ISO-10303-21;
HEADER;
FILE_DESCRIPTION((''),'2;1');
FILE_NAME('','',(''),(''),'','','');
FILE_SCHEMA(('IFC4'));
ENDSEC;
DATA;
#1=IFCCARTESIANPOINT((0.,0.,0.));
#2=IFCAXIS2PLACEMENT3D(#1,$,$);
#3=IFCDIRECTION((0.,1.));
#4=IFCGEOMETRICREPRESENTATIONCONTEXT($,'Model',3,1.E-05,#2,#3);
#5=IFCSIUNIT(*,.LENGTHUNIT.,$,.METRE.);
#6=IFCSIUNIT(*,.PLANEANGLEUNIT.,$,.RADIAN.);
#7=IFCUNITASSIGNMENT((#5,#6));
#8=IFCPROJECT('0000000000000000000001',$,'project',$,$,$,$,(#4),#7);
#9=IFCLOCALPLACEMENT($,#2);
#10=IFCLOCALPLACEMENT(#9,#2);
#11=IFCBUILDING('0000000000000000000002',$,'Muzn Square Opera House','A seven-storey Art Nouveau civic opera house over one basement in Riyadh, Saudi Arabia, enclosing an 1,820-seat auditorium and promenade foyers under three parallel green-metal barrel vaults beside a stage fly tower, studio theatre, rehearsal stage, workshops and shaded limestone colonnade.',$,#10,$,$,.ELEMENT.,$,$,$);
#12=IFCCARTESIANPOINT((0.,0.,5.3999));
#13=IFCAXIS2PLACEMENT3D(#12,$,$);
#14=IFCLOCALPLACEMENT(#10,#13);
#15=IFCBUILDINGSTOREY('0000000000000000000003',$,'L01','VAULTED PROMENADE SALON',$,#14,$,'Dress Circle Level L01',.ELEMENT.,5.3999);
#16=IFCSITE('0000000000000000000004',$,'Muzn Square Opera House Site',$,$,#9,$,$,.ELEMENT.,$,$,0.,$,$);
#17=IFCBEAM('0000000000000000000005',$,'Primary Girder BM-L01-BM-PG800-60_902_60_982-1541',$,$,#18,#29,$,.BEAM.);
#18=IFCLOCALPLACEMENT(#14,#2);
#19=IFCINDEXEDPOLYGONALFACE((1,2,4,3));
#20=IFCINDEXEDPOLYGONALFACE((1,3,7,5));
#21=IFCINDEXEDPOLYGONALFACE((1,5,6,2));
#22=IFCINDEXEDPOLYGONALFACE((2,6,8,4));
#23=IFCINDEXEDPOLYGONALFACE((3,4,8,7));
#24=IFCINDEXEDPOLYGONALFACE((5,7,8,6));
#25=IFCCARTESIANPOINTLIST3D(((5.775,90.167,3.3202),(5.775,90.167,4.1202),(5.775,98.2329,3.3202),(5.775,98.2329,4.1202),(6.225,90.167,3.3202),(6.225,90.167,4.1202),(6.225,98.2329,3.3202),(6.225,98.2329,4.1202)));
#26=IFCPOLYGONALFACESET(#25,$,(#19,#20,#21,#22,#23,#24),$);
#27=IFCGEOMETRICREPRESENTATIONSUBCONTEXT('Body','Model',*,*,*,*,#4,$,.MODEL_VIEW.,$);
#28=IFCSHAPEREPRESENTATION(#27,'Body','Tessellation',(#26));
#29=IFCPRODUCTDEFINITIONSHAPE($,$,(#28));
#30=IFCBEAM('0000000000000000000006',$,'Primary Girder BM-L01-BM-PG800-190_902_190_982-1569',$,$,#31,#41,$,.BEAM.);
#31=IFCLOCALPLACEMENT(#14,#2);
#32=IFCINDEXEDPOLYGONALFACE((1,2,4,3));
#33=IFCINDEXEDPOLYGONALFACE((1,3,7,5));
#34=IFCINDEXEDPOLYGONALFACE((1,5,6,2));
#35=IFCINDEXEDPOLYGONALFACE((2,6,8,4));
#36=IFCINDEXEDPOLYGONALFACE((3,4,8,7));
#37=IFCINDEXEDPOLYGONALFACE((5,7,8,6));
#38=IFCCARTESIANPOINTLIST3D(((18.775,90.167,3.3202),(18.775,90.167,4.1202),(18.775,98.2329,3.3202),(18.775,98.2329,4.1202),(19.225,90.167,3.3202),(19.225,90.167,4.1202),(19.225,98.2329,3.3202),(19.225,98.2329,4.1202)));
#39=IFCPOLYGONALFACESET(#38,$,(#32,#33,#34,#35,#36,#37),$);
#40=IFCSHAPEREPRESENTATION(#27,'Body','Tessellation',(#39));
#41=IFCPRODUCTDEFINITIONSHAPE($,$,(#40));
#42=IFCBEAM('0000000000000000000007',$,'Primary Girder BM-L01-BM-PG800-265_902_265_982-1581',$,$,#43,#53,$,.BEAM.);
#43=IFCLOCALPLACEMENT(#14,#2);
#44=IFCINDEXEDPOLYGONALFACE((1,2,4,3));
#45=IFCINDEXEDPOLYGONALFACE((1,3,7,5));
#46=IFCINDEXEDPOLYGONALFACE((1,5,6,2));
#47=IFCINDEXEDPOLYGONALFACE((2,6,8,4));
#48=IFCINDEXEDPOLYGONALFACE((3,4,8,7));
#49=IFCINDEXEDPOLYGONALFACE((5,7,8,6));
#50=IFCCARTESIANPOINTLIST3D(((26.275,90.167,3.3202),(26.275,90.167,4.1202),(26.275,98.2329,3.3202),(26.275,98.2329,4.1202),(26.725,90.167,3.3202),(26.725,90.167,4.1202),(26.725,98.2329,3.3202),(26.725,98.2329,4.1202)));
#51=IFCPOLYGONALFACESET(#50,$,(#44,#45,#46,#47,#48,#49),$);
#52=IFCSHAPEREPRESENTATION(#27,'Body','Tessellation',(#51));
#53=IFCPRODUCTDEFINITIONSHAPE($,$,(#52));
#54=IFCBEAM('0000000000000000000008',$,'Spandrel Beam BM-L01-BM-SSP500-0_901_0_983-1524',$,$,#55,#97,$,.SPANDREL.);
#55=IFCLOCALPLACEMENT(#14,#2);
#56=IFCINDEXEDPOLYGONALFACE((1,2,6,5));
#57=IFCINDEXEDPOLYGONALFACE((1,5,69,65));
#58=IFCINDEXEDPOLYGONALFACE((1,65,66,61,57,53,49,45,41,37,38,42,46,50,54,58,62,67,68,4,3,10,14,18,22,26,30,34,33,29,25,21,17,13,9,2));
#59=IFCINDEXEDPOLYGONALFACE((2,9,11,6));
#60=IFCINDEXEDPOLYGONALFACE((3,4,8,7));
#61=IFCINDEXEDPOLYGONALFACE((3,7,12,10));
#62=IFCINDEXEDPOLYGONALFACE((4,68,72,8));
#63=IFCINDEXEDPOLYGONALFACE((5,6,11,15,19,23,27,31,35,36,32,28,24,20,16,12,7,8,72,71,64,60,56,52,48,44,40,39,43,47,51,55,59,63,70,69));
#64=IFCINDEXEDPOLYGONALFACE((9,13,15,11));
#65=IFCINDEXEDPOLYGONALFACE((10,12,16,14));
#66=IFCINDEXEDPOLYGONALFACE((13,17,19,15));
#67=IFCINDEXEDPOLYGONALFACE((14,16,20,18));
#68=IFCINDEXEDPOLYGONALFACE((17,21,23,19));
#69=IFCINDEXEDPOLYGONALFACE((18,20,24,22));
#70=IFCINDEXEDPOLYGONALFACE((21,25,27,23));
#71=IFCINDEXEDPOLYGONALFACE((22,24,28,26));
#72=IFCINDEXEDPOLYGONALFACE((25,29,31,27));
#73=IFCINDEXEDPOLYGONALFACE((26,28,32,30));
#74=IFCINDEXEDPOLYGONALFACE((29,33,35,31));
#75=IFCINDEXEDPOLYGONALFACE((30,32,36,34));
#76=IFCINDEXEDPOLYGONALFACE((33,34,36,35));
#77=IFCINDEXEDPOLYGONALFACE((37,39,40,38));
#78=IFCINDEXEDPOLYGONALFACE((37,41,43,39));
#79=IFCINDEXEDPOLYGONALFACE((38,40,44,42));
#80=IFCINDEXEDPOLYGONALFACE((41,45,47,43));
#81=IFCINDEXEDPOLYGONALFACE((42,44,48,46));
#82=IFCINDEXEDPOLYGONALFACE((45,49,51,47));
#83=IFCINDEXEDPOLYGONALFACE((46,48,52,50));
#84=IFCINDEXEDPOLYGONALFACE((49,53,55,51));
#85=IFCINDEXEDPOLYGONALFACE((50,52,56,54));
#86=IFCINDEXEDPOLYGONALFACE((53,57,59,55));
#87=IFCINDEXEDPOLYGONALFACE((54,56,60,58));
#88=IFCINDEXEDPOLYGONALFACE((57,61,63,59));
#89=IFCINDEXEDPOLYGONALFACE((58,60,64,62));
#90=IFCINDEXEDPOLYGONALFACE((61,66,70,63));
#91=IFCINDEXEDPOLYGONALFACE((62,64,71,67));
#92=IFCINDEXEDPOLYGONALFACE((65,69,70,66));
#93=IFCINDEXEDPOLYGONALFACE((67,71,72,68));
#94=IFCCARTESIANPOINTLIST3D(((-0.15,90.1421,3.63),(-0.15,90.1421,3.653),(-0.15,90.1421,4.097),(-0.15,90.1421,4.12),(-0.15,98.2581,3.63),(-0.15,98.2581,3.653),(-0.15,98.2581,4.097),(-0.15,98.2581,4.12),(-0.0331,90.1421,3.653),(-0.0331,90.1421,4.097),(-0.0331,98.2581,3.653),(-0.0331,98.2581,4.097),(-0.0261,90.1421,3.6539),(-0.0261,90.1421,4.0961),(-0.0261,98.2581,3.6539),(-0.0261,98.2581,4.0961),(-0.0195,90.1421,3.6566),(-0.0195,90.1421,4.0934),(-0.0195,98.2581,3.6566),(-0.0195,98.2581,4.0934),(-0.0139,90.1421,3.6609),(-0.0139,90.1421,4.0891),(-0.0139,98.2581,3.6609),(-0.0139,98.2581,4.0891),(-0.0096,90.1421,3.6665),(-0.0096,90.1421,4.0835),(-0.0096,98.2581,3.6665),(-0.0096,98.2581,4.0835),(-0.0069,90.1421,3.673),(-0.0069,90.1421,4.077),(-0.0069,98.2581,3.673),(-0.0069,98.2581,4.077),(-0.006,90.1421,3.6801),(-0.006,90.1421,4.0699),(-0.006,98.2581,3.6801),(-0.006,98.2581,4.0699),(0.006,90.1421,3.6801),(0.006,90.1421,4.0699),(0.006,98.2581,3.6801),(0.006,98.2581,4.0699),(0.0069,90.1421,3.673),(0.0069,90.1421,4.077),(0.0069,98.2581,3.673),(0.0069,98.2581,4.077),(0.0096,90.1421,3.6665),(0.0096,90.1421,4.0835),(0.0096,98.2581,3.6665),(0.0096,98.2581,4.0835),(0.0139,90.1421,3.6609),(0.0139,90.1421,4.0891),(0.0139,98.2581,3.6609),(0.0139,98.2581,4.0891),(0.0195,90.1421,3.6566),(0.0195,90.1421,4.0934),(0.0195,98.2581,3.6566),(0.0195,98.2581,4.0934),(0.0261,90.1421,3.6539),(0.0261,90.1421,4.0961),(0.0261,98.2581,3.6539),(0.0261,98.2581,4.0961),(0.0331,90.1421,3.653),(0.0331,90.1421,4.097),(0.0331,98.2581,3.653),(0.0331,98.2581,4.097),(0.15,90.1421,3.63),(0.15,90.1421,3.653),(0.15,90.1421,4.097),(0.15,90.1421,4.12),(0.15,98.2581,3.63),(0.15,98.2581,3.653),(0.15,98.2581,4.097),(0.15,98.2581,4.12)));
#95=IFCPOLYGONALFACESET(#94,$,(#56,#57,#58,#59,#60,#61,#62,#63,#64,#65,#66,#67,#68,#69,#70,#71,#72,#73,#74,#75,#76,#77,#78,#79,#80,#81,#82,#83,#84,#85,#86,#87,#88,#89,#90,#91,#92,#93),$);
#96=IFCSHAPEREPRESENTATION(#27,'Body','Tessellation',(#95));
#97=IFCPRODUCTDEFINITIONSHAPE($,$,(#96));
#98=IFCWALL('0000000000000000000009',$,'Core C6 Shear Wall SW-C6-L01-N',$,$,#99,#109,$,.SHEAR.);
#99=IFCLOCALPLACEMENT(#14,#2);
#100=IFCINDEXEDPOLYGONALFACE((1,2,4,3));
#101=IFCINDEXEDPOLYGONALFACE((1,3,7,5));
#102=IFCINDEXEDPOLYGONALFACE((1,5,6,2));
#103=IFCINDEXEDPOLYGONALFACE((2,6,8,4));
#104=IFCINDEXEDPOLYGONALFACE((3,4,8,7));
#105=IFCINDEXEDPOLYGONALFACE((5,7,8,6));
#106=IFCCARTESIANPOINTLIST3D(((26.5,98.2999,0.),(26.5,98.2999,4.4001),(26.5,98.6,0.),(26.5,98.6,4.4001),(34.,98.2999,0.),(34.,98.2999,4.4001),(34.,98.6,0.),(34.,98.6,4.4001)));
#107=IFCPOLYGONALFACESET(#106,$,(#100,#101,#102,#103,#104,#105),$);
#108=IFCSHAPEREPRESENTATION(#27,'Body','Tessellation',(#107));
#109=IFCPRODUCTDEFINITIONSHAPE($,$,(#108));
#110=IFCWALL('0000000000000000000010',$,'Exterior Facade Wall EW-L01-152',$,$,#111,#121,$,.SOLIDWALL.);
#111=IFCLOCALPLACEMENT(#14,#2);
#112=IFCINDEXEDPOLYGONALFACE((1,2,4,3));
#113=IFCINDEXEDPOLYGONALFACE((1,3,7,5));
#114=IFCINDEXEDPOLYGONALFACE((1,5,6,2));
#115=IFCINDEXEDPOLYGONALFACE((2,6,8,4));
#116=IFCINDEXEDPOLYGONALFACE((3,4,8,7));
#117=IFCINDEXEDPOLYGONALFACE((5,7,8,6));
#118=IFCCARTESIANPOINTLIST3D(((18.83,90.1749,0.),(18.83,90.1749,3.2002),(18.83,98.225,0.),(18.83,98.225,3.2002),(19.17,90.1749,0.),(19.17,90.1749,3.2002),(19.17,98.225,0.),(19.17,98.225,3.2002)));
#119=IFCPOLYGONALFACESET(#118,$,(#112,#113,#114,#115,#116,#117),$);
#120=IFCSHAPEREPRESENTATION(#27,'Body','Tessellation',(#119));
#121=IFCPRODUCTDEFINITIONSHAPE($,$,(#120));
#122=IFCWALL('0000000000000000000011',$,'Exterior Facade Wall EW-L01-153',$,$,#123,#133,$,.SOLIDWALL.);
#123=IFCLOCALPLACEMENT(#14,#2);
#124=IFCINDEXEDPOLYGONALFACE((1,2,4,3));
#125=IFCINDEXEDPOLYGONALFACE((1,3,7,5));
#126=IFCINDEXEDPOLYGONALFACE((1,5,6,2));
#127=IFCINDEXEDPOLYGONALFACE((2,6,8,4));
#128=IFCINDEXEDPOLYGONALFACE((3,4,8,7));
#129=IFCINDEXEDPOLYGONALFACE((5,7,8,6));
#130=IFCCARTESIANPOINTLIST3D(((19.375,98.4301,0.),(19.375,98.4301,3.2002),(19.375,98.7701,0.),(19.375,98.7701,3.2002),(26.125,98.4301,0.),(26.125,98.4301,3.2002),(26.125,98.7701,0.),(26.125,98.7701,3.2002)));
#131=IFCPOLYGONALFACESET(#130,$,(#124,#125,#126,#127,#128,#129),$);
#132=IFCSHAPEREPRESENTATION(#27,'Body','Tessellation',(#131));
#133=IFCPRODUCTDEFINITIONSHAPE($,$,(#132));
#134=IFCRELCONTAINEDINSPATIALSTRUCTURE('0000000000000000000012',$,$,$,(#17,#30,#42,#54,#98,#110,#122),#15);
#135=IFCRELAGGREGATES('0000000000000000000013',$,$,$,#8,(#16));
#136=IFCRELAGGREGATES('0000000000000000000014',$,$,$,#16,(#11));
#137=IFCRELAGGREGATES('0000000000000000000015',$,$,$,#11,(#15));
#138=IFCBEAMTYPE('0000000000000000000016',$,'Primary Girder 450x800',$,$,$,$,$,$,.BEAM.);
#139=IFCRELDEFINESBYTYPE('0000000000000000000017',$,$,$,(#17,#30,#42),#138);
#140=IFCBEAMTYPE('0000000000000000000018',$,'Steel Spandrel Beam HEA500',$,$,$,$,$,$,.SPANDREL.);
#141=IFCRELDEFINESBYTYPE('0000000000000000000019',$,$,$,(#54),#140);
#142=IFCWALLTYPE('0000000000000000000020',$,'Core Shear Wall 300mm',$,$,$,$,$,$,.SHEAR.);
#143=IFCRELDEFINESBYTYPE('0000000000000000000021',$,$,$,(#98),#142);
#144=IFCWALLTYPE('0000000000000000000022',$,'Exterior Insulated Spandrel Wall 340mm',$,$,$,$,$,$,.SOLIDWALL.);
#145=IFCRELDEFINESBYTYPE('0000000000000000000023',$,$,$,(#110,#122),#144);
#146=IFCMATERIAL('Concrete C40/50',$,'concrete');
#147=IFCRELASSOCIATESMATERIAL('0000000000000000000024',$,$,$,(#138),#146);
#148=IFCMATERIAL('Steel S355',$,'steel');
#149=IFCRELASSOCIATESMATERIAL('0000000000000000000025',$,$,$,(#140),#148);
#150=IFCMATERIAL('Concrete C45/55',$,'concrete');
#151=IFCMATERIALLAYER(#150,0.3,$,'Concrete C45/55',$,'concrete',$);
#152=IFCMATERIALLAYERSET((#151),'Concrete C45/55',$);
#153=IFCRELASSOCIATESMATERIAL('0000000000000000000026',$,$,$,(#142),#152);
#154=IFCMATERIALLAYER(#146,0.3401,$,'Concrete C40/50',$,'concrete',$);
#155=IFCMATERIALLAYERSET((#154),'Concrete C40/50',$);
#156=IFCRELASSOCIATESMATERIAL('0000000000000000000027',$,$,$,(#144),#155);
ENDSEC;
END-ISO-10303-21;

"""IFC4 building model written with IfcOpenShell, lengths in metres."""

from ifc_helpers import new_model, si_unit, direction, frame, frame_2d, origin, origin_2d, place, context, subcontext, project, spatial, rectangle, i_section, extrude, material, layer, layer_set, material_profile, profile_set, type_object, element, save


model = new_model("IFC4")

# Units and contexts
model_context = context("Model", 3, precision=1e-05, world=origin(), true_north=direction((0.0, 1.0)))
body_context = subcontext(model_context, "Body", "Model", "MODEL_VIEW")
ifc_project = project(units=[si_unit("LENGTHUNIT", "METRE"), si_unit("PLANEANGLEUNIT", "RADIAN")], contexts=[model_context])

# Site, building, storey
site_placement = place(None, origin())
site = spatial("IfcSite", under=ifc_project, at=site_placement, Name="Muzn Square Opera House Site", CompositionType="ELEMENT", RefElevation=0.0)
building_placement = place(site_placement, origin())
building = spatial("IfcBuilding", under=site, at=building_placement, Name="Muzn Square Opera House", Description="A seven-storey Art Nouveau civic opera house over one basement in Riyadh, Saudi Arabia, enclosing an 1,820-seat auditorium and promenade foyers under three parallel green-metal barrel vaults beside a stage fly tower, studio theatre, rehearsal stage, workshops and shaded limestone colonnade.", CompositionType="ELEMENT")
storey_placement = place(building_placement, frame((0.0, 0.0, 5.3999)))
storey = spatial("IfcBuildingStorey", under=building, at=storey_placement, Name="L01", Description="VAULTED PROMENADE SALON", LongName="Dress Circle Level L01", CompositionType="ELEMENT", Elevation=5.3999)

# Shared definitions
ifc_material_1 = material(Name="Concrete C45/55", Category="concrete")

# Beams
ifc_material_2 = material(Name="Concrete C40/50", Category="concrete")
ifc_material_profile_1 = material_profile(ifc_material_2, rectangle(XDim=0.45, YDim=0.8, at=origin_2d()), Name="RCB 450x800", Category="concrete")
ifc_profile_set_1 = profile_set([ifc_material_profile_1], Name="Concrete C40/50")
beam_type_1 = type_object("IfcBeamType", Name="Primary Girder 450x800", PredefinedType="BEAM", material=ifc_profile_set_1)
for number, where, z_axis, x_axis, name in (
    (1, (6.0, 90.167, 3.7202), (0.0, 1.0, 0.0), (-1.0, 0.0, 0.0), "Primary Girder BM-L01-BM-PG800-60_902_60_982-1541"),
    (2, (19.0, 90.167, 3.7202), (0.0, 1.0, 0.0), (-1.0, 0.0, 0.0), "Primary Girder BM-L01-BM-PG800-190_902_190_982-1569"),
    (3, (26.5, 90.167, 3.7202), (0.0, 1.0, 0.0), (-1.0, 0.0, 0.0), "Primary Girder BM-L01-BM-PG800-265_902_265_982-1581"),
):
    element("IfcBeam", number, at=place(storey_placement, frame(where, z_axis=z_axis, x_axis=x_axis)), inside=storey, type_object=beam_type_1, Name=name, PredefinedType="BEAM", context=body_context, shape_type="SweptSolid", body=[
        extrude(rectangle(XDim=0.45, YDim=0.8, at=origin_2d()), origin(), (0.0, 0.0, 1.0), 8.0659),
    ])
ifc_material_3 = material(Name="Steel S355", Category="steel")
ifc_material_profile_2 = material_profile(ifc_material_3, i_section(OverallWidth=0.3, OverallDepth=0.49, WebThickness=0.012, FlangeThickness=0.0229, FilletRadius=0.0271, at=origin_2d()), Name="HEA 500", Category="steel")
ifc_profile_set_2 = profile_set([ifc_material_profile_2], Name="Steel S355")
beam_type_2 = type_object("IfcBeamType", Name="Steel Spandrel Beam HEA500", PredefinedType="SPANDREL", material=ifc_profile_set_2)
beam_1_placement = place(storey_placement, frame((0.0, 90.1421, 3.875), z_axis=(0.0, 1.0, 0.0), x_axis=(-1.0, 0.0, 0.0)))
element("IfcBeam", 4, at=beam_1_placement, inside=storey, type_object=beam_type_2, Name="Spandrel Beam BM-L01-BM-SSP500-0_901_0_983-1524", PredefinedType="SPANDREL", context=body_context, shape_type="SweptSolid", body=[
    extrude(i_section(OverallWidth=0.3, OverallDepth=0.49, WebThickness=0.012, FlangeThickness=0.0229, FilletRadius=0.0271, at=origin_2d()), origin(), (0.0, 0.0, 1.0), 8.116),
])

# Wall
ifc_layer_1 = layer(ifc_material_1, 0.3, Name="Concrete C45/55", Category="concrete")
ifc_layer_set_1 = layer_set([ifc_layer_1], Name="Concrete C45/55")
wall_type_1 = type_object("IfcWallType", Name="Core Shear Wall 300mm", PredefinedType="SHEAR", material=ifc_layer_set_1)
wall_1_placement = place(storey_placement, frame((26.5, 98.45, 0.0), z_axis=(0.0, 0.0, 1.0), x_axis=(1.0, 0.0, 0.0)))
element("IfcWall", 5, at=wall_1_placement, inside=storey, type_object=wall_type_1, Name="Core C6 Shear Wall SW-C6-L01-N", PredefinedType="SHEAR", context=body_context, shape_type="SweptSolid", body=[
    extrude(rectangle(XDim=7.5, YDim=0.3, at=frame_2d((3.75, 0.0))), origin(), (0.0, 0.0, 1.0), 4.4001),
])

# Walls
ifc_layer_2 = layer(ifc_material_2, 0.3401, Name="Concrete C40/50", Category="concrete")
ifc_layer_set_2 = layer_set([ifc_layer_2], Name="Concrete C40/50")
wall_type_2 = type_object("IfcWallType", Name="Exterior Insulated Spandrel Wall 340mm", PredefinedType="SOLIDWALL", material=ifc_layer_set_2)
wall_2_placement = place(storey_placement, frame((19.0, 90.175, 0.0), z_axis=(0.0, 0.0, 1.0), x_axis=(0.0, 1.0, 0.0)))
element("IfcWall", 6, at=wall_2_placement, inside=storey, type_object=wall_type_2, Name="Exterior Facade Wall EW-L01-152", PredefinedType="SOLIDWALL", context=body_context, shape_type="SweptSolid", body=[
    extrude(rectangle(XDim=8.05, YDim=0.3401, at=frame_2d((4.0249, 0.0))), origin(), (0.0, 0.0, 1.0), 3.2002),
])
wall_3_placement = place(storey_placement, frame((19.375, 98.6001, 0.0), z_axis=(0.0, 0.0, 1.0), x_axis=(1.0, 0.0, 0.0)))
element("IfcWall", 7, at=wall_3_placement, inside=storey, type_object=wall_type_2, Name="Exterior Facade Wall EW-L01-153", PredefinedType="SOLIDWALL", context=body_context, shape_type="SweptSolid", body=[
    extrude(rectangle(XDim=6.75, YDim=0.3401, at=frame_2d((3.375, 0.0))), origin(), (0.0, 0.0, 1.0), 3.2002),
])

save(model, "model.ifc")
